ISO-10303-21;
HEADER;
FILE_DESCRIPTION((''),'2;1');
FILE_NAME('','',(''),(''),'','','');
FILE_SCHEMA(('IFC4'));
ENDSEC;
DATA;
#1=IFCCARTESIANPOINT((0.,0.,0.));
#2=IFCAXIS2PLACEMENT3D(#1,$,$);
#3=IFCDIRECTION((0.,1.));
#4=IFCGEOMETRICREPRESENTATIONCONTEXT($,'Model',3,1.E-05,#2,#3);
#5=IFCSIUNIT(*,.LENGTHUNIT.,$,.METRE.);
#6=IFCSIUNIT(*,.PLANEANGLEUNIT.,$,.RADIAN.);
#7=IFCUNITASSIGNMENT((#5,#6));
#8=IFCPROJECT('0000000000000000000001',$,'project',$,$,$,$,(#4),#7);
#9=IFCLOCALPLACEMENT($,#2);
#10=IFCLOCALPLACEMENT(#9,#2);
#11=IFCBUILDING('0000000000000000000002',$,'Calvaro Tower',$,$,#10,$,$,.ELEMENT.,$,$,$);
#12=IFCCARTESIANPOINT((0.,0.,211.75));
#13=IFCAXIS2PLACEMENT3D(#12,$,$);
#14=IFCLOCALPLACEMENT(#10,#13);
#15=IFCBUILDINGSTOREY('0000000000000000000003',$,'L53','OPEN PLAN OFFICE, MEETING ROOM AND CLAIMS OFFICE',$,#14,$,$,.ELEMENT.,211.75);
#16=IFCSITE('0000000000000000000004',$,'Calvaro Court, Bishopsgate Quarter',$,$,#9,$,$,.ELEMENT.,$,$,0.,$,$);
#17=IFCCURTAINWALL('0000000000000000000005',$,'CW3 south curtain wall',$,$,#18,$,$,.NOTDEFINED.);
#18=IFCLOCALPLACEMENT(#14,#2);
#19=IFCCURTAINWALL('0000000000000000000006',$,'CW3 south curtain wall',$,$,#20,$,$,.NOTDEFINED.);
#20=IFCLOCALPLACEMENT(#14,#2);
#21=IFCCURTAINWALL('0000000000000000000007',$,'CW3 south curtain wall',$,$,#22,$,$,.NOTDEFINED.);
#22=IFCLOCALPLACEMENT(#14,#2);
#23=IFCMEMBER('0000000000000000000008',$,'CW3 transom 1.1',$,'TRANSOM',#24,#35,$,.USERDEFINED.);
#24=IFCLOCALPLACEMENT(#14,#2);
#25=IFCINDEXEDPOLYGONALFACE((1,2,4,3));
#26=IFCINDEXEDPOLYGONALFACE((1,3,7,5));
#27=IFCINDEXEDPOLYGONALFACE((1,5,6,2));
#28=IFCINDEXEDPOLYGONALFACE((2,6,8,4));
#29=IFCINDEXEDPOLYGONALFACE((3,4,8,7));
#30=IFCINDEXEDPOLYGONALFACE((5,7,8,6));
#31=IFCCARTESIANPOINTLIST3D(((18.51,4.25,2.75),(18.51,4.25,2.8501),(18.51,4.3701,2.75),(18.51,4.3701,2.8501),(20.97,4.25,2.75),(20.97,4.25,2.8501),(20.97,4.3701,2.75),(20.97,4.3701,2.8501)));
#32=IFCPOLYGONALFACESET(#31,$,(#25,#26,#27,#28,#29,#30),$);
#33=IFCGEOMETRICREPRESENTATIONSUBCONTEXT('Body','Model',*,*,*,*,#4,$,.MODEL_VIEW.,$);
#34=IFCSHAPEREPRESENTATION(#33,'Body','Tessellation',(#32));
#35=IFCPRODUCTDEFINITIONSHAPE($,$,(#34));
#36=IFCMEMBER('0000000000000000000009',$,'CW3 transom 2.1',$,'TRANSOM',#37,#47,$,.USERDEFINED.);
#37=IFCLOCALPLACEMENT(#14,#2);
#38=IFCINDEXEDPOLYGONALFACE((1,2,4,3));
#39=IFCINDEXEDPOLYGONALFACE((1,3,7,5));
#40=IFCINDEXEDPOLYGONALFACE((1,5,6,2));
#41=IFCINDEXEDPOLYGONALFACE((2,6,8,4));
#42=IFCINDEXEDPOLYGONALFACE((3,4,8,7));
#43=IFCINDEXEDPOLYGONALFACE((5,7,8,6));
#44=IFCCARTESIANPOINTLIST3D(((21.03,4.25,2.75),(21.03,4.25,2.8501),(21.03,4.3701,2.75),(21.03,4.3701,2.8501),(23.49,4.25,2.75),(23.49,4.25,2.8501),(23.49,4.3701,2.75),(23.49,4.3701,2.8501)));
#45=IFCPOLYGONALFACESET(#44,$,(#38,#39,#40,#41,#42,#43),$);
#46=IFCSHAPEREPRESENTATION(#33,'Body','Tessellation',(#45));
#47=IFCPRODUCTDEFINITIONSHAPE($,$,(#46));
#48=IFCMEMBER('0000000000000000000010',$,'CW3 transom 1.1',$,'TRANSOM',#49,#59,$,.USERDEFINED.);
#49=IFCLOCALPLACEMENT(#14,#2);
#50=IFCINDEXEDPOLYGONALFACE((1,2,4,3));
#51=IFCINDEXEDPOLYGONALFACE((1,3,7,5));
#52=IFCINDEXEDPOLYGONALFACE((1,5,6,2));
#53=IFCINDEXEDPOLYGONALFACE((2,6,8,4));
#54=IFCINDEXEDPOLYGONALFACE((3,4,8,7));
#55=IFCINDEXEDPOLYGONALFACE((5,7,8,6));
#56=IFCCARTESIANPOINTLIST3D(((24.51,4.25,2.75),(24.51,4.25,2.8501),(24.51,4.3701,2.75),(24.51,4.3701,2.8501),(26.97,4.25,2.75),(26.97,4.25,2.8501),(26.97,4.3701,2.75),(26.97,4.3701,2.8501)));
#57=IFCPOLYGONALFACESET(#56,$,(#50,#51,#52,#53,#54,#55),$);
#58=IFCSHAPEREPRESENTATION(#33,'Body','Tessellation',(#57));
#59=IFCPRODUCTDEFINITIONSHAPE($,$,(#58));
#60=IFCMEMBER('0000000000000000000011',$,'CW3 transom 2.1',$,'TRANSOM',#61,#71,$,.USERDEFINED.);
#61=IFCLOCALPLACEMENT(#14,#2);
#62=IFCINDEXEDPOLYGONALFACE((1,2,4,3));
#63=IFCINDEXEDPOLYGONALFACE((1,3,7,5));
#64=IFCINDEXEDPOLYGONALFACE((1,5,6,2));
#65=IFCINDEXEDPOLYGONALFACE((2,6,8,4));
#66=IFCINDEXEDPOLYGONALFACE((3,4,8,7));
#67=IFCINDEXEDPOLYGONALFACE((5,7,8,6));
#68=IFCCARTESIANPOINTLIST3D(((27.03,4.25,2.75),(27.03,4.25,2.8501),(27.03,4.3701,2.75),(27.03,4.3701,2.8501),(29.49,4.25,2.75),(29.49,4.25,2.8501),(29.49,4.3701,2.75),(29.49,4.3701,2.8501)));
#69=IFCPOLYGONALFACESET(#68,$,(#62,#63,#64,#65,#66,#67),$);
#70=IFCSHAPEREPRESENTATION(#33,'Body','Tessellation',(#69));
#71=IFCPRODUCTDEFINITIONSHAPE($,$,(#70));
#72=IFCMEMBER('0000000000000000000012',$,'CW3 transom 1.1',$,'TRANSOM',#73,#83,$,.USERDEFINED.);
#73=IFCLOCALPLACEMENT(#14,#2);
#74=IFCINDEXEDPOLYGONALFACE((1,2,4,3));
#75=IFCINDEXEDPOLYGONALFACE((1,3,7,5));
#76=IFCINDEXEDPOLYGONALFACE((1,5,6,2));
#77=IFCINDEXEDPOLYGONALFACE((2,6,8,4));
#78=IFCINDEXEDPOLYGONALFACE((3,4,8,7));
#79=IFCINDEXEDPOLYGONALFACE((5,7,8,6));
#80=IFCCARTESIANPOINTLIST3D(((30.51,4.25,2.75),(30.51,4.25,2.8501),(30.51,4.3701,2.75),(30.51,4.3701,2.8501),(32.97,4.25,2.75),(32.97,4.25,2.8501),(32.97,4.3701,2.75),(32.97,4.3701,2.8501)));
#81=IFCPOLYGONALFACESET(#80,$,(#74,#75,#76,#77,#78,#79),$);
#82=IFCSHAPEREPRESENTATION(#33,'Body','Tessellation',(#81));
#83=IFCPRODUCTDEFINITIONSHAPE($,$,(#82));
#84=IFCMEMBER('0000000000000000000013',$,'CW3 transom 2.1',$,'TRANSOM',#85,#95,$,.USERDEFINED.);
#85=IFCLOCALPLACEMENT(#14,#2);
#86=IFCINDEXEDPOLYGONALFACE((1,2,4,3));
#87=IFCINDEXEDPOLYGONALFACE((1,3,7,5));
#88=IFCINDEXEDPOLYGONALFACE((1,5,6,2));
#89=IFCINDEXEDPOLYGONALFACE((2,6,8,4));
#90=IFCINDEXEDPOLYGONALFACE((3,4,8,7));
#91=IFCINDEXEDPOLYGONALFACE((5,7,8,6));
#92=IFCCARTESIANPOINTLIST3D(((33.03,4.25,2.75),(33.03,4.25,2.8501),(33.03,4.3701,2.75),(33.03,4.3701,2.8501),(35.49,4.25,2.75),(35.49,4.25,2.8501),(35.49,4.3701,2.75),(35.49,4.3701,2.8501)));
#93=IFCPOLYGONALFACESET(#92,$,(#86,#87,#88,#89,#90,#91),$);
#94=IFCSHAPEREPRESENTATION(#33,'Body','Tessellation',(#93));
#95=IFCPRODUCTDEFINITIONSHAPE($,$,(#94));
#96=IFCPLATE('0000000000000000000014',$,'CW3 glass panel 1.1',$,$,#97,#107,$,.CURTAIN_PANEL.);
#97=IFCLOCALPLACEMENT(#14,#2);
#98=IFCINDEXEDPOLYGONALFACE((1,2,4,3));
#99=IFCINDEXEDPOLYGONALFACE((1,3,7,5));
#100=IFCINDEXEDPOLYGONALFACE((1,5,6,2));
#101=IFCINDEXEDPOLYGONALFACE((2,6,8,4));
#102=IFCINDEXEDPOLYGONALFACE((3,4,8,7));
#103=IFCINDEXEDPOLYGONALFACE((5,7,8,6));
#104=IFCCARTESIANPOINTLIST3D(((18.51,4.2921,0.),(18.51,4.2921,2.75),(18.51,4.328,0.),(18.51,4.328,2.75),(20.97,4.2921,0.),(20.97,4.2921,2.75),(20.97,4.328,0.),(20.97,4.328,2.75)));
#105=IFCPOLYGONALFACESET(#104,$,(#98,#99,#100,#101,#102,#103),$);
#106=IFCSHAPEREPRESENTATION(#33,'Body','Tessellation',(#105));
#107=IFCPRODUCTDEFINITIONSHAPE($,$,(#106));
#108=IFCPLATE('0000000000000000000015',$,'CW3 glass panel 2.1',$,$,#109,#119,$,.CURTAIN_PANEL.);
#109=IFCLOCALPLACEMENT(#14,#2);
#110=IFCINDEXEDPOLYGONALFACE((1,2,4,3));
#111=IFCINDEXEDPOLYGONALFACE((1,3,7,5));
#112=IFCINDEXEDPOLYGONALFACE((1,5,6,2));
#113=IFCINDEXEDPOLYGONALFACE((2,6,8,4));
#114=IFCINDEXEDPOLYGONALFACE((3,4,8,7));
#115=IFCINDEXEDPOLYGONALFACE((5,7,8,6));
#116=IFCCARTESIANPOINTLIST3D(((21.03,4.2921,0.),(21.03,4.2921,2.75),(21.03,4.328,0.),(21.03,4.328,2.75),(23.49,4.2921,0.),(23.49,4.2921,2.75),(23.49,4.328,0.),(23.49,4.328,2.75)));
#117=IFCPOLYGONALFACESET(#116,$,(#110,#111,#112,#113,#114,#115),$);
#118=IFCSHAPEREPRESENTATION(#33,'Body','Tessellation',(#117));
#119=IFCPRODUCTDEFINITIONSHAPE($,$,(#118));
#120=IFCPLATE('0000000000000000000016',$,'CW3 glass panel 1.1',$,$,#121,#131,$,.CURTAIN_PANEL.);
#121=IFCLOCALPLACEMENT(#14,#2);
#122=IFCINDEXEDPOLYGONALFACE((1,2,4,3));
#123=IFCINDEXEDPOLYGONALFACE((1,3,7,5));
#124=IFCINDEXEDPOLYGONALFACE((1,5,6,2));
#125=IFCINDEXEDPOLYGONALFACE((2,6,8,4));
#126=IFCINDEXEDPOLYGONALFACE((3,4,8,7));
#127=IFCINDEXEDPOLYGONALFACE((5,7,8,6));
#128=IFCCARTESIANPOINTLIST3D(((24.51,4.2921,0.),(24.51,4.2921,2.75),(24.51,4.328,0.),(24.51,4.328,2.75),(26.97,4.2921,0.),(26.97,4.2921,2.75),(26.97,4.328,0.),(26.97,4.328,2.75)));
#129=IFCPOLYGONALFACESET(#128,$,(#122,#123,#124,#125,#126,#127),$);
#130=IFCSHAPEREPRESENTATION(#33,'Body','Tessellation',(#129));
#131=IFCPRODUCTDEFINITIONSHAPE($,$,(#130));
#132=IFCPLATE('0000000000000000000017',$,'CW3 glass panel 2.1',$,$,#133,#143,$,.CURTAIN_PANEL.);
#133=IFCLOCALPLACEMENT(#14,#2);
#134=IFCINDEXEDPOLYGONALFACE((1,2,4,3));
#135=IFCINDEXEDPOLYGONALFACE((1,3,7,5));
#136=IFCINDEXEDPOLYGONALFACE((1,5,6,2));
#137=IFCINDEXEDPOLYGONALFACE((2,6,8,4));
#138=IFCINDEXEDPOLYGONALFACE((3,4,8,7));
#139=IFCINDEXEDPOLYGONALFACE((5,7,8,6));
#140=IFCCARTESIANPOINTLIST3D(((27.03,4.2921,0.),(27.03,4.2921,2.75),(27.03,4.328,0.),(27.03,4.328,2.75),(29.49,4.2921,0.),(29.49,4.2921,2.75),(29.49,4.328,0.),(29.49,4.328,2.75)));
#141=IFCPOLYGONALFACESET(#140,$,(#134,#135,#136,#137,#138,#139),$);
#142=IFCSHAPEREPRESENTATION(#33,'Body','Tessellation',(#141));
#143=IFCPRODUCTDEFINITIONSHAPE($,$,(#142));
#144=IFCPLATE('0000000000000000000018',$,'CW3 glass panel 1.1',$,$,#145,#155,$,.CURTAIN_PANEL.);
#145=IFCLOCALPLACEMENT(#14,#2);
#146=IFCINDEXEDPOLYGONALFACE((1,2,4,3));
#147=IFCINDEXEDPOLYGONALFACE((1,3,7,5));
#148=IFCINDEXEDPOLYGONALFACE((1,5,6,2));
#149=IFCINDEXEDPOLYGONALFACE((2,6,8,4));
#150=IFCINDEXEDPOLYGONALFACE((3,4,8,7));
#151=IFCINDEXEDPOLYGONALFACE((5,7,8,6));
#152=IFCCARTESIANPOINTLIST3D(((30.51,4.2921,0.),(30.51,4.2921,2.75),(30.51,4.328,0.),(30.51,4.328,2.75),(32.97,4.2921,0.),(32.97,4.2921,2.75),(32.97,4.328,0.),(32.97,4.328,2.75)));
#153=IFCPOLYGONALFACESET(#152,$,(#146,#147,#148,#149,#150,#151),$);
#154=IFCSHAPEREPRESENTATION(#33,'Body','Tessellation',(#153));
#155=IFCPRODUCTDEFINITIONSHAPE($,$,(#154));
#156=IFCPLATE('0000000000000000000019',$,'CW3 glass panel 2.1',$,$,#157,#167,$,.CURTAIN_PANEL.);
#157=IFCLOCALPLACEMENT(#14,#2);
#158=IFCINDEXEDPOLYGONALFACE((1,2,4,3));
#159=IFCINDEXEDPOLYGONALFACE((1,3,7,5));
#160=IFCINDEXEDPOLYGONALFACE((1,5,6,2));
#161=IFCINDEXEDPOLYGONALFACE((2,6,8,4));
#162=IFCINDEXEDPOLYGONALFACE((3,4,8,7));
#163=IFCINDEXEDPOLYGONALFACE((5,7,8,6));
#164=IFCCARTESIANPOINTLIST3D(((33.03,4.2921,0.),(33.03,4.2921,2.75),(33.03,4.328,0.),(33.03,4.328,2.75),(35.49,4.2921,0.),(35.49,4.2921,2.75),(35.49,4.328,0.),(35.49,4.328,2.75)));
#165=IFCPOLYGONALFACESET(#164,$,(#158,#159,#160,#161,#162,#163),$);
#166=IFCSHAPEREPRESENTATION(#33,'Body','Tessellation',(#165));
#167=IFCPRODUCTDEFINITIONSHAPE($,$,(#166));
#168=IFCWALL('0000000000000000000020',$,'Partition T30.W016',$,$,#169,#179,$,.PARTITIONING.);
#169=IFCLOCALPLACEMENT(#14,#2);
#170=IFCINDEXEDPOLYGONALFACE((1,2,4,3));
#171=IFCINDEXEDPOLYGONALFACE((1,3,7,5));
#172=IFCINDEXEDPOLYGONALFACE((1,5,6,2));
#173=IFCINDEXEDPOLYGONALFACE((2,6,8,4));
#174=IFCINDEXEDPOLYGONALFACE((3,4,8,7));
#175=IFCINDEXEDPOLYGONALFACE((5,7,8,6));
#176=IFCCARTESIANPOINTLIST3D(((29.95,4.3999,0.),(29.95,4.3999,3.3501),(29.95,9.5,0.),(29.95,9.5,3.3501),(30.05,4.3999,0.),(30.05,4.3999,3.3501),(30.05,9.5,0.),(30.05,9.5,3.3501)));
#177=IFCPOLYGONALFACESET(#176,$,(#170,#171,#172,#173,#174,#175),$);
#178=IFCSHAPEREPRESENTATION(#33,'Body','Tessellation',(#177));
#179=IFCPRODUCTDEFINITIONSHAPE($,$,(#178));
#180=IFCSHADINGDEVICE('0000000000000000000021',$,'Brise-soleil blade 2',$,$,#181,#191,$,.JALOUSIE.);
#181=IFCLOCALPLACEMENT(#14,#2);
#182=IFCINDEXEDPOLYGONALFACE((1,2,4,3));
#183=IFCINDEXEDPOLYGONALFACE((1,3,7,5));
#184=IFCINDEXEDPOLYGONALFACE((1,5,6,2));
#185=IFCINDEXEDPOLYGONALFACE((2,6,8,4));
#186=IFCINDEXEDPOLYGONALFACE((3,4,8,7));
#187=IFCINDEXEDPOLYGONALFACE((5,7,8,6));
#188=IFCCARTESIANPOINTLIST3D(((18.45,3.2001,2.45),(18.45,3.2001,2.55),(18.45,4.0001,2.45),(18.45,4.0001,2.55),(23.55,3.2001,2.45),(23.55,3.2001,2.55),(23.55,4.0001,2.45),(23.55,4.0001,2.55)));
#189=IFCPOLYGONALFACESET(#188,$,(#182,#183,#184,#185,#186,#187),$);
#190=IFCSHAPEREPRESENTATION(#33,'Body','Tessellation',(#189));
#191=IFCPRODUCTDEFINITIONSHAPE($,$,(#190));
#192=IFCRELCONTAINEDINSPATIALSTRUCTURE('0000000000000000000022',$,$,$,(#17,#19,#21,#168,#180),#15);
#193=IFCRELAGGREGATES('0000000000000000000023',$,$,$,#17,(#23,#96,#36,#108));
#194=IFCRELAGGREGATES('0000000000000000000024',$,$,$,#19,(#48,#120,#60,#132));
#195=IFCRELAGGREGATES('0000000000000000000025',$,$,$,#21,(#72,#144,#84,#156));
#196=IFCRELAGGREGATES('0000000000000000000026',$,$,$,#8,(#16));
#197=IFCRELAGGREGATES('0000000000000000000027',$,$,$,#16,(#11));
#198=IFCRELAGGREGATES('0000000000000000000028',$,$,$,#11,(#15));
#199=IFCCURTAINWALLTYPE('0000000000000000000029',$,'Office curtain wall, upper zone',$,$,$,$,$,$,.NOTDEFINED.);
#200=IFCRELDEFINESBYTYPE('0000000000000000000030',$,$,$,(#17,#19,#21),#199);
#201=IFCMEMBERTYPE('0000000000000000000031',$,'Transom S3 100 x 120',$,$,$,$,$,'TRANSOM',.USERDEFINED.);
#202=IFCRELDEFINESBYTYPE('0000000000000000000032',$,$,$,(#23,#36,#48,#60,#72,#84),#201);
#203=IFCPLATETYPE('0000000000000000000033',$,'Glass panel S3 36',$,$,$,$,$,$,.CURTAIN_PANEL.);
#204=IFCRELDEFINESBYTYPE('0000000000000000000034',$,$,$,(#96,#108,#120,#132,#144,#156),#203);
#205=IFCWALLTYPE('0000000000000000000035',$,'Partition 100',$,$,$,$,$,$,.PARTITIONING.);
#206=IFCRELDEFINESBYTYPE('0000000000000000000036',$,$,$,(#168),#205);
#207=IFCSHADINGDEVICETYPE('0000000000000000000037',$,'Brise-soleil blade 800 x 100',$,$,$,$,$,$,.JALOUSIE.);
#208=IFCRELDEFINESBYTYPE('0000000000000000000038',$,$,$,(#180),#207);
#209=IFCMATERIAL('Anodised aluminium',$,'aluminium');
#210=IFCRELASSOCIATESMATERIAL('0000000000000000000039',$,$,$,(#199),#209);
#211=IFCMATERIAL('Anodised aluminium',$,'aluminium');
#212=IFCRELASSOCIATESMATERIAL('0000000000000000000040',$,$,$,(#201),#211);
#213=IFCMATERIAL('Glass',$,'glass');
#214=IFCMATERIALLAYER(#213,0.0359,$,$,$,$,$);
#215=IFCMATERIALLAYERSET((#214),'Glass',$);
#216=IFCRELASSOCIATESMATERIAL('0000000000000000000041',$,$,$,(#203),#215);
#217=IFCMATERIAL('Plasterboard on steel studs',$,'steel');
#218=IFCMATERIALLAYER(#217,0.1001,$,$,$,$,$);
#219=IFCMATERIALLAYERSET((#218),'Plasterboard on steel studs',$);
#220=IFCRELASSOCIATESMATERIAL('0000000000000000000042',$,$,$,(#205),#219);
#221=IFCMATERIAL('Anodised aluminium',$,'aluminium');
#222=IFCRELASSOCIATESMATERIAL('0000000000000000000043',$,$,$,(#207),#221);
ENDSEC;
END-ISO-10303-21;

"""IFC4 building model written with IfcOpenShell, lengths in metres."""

from ifc_helpers import new_model, si_unit, direction, frame, frame_2d, origin, origin_2d, place, context, subcontext, project, spatial, rectangle, extrude, material, layer, layer_set, material_profile, profile_set, type_object, element, aggregate, save


model = new_model("IFC4")

# Units and contexts
model_context = context("Model", 3, precision=1e-05, world=origin(), true_north=direction((0.0, 1.0)))
body_context = subcontext(model_context, "Body", "Model", "MODEL_VIEW")
ifc_project = project(units=[si_unit("LENGTHUNIT", "METRE"), si_unit("PLANEANGLEUNIT", "RADIAN")], contexts=[model_context])

# Site, building, storey
site_placement = place(None, origin())
site = spatial("IfcSite", under=ifc_project, at=site_placement, Name="Calvaro Court, Bishopsgate Quarter", CompositionType="ELEMENT", RefElevation=0.0)
building_placement = place(site_placement, origin())
building = spatial("IfcBuilding", under=site, at=building_placement, Name="Calvaro Tower", CompositionType="ELEMENT")
storey_placement = place(building_placement, frame((0.0, 0.0, 211.75)))
storey = spatial("IfcBuildingStorey", under=building, at=storey_placement, Name="L53", Description="OPEN PLAN OFFICE, MEETING ROOM AND CLAIMS OFFICE", CompositionType="ELEMENT", Elevation=211.75)

# Shared definitions
ifc_material_1 = material(Name="Anodised aluminium", Category="aluminium")
curtain_wall_type = type_object("IfcCurtainWallType", Name="Office curtain wall, upper zone", PredefinedType="NOTDEFINED", material=ifc_material_1)

# Curtain walls
curtain_wall_1_placement = place(storey_placement, origin())
curtain_wall_1 = element("IfcCurtainWall", 1, at=curtain_wall_1_placement, inside=storey, type_object=curtain_wall_type, Name="CW3 south curtain wall", PredefinedType="NOTDEFINED")
curtain_wall_2_placement = place(storey_placement, origin())
curtain_wall_2 = element("IfcCurtainWall", 2, at=curtain_wall_2_placement, inside=storey, type_object=curtain_wall_type, Name="CW3 south curtain wall", PredefinedType="NOTDEFINED")
curtain_wall_3_placement = place(storey_placement, origin())
curtain_wall_3 = element("IfcCurtainWall", 3, at=curtain_wall_3_placement, inside=storey, type_object=curtain_wall_type, Name="CW3 south curtain wall", PredefinedType="NOTDEFINED")

# Members
ifc_material_2 = material(Name="Anodised aluminium", Category="aluminium")
ifc_material_profile_1 = material_profile(ifc_material_2, rectangle(XDim=0.1201, YDim=0.1001, at=origin_2d()), Name="Transom S3 100 x 120")
ifc_profile_set_1 = profile_set([ifc_material_profile_1], Name="Anodised aluminium")
member_type_1 = type_object("IfcMemberType", Name="Transom S3 100 x 120", ElementType="TRANSOM", PredefinedType="USERDEFINED", material=ifc_profile_set_1)
member_1_placement = place(storey_placement, frame((18.51, 4.3101, 2.8), z_axis=(1.0, 0.0, 0.0), x_axis=(0.0, 1.0, 0.0)))
member_1 = element("IfcMember", 4, at=member_1_placement, type_object=member_type_1, Name="CW3 transom 1.1", ObjectType="TRANSOM", PredefinedType="USERDEFINED", context=body_context, shape_type="SweptSolid", body=[
    extrude(rectangle(XDim=0.1201, YDim=0.1001, at=origin_2d()), origin(), (0.0, 0.0, 1.0), 2.46),
])
member_2_placement = place(storey_placement, frame((21.03, 4.3101, 2.8), z_axis=(1.0, 0.0, 0.0), x_axis=(0.0, 1.0, 0.0)))
member_2 = element("IfcMember", 5, at=member_2_placement, type_object=member_type_1, Name="CW3 transom 2.1", ObjectType="TRANSOM", PredefinedType="USERDEFINED", context=body_context, shape_type="SweptSolid", body=[
    extrude(rectangle(XDim=0.1201, YDim=0.1001, at=origin_2d()), origin(), (0.0, 0.0, 1.0), 2.46),
])
member_3_placement = place(storey_placement, frame((24.51, 4.3101, 2.8), z_axis=(1.0, 0.0, 0.0), x_axis=(0.0, 1.0, 0.0)))
member_3 = element("IfcMember", 6, at=member_3_placement, type_object=member_type_1, Name="CW3 transom 1.1", ObjectType="TRANSOM", PredefinedType="USERDEFINED", context=body_context, shape_type="SweptSolid", body=[
    extrude(rectangle(XDim=0.1201, YDim=0.1001, at=origin_2d()), origin(), (0.0, 0.0, 1.0), 2.46),
])
member_4_placement = place(storey_placement, frame((27.03, 4.3101, 2.8), z_axis=(1.0, 0.0, 0.0), x_axis=(0.0, 1.0, 0.0)))
member_4 = element("IfcMember", 7, at=member_4_placement, type_object=member_type_1, Name="CW3 transom 2.1", ObjectType="TRANSOM", PredefinedType="USERDEFINED", context=body_context, shape_type="SweptSolid", body=[
    extrude(rectangle(XDim=0.1201, YDim=0.1001, at=origin_2d()), origin(), (0.0, 0.0, 1.0), 2.46),
])
member_5_placement = place(storey_placement, frame((30.51, 4.3101, 2.8), z_axis=(1.0, 0.0, 0.0), x_axis=(0.0, 1.0, 0.0)))
member_5 = element("IfcMember", 8, at=member_5_placement, type_object=member_type_1, Name="CW3 transom 1.1", ObjectType="TRANSOM", PredefinedType="USERDEFINED", context=body_context, shape_type="SweptSolid", body=[
    extrude(rectangle(XDim=0.1201, YDim=0.1001, at=origin_2d()), origin(), (0.0, 0.0, 1.0), 2.46),
])
member_6_placement = place(storey_placement, frame((33.03, 4.3101, 2.8), z_axis=(1.0, 0.0, 0.0), x_axis=(0.0, 1.0, 0.0)))
member_6 = element("IfcMember", 9, at=member_6_placement, type_object=member_type_1, Name="CW3 transom 2.1", ObjectType="TRANSOM", PredefinedType="USERDEFINED", context=body_context, shape_type="SweptSolid", body=[
    extrude(rectangle(XDim=0.1201, YDim=0.1001, at=origin_2d()), origin(), (0.0, 0.0, 1.0), 2.46),
])

# Plates
ifc_material_3 = material(Name="Glass", Category="glass")
ifc_layer_1 = layer(ifc_material_3, 0.0359)
ifc_layer_set_1 = layer_set([ifc_layer_1], Name="Glass")
plate_type = type_object("IfcPlateType", Name="Glass panel S3 36", PredefinedType="CURTAIN_PANEL", material=ifc_layer_set_1)
plate_1_placement = place(storey_placement, frame((19.74, 4.3101, 0.0), z_axis=(0.0, 0.0, 1.0), x_axis=(1.0, 0.0, 0.0)))
plate_1 = element("IfcPlate", 10, at=plate_1_placement, type_object=plate_type, Name="CW3 glass panel 1.1", PredefinedType="CURTAIN_PANEL", context=body_context, shape_type="SweptSolid", body=[
    extrude(rectangle(XDim=2.46, YDim=0.0359, at=origin_2d()), origin(), (0.0, 0.0, 1.0), 2.75),
])
plate_2_placement = place(storey_placement, frame((22.26, 4.3101, 0.0), z_axis=(0.0, 0.0, 1.0), x_axis=(1.0, 0.0, 0.0)))
plate_2 = element("IfcPlate", 11, at=plate_2_placement, type_object=plate_type, Name="CW3 glass panel 2.1", PredefinedType="CURTAIN_PANEL", context=body_context, shape_type="SweptSolid", body=[
    extrude(rectangle(XDim=2.46, YDim=0.0359, at=origin_2d()), origin(), (0.0, 0.0, 1.0), 2.75),
])
aggregate(curtain_wall_1, [member_1, plate_1, member_2, plate_2])
plate_3_placement = place(storey_placement, frame((25.74, 4.3101, 0.0), z_axis=(0.0, 0.0, 1.0), x_axis=(1.0, 0.0, 0.0)))
plate_3 = element("IfcPlate", 12, at=plate_3_placement, type_object=plate_type, Name="CW3 glass panel 1.1", PredefinedType="CURTAIN_PANEL", context=body_context, shape_type="SweptSolid", body=[
    extrude(rectangle(XDim=2.46, YDim=0.0359, at=origin_2d()), origin(), (0.0, 0.0, 1.0), 2.75),
])
plate_4_placement = place(storey_placement, frame((28.26, 4.3101, 0.0), z_axis=(0.0, 0.0, 1.0), x_axis=(1.0, 0.0, 0.0)))
plate_4 = element("IfcPlate", 13, at=plate_4_placement, type_object=plate_type, Name="CW3 glass panel 2.1", PredefinedType="CURTAIN_PANEL", context=body_context, shape_type="SweptSolid", body=[
    extrude(rectangle(XDim=2.46, YDim=0.0359, at=origin_2d()), origin(), (0.0, 0.0, 1.0), 2.75),
])
aggregate(curtain_wall_2, [member_3, plate_3, member_4, plate_4])
plate_5_placement = place(storey_placement, frame((31.74, 4.3101, 0.0), z_axis=(0.0, 0.0, 1.0), x_axis=(1.0, 0.0, 0.0)))
plate_5 = element("IfcPlate", 14, at=plate_5_placement, type_object=plate_type, Name="CW3 glass panel 1.1", PredefinedType="CURTAIN_PANEL", context=body_context, shape_type="SweptSolid", body=[
    extrude(rectangle(XDim=2.46, YDim=0.0359, at=origin_2d()), origin(), (0.0, 0.0, 1.0), 2.75),
])
plate_6_placement = place(storey_placement, frame((34.26, 4.3101, 0.0), z_axis=(0.0, 0.0, 1.0), x_axis=(1.0, 0.0, 0.0)))
plate_6 = element("IfcPlate", 15, at=plate_6_placement, type_object=plate_type, Name="CW3 glass panel 2.1", PredefinedType="CURTAIN_PANEL", context=body_context, shape_type="SweptSolid", body=[
    extrude(rectangle(XDim=2.46, YDim=0.0359, at=origin_2d()), origin(), (0.0, 0.0, 1.0), 2.75),
])
aggregate(curtain_wall_3, [member_5, plate_5, member_6, plate_6])

# Wall
ifc_material_4 = material(Name="Plasterboard on steel studs", Category="steel")
ifc_layer_2 = layer(ifc_material_4, 0.1001)
ifc_layer_set_2 = layer_set([ifc_layer_2], Name="Plasterboard on steel studs")
wall_type = type_object("IfcWallType", Name="Partition 100", PredefinedType="PARTITIONING", material=ifc_layer_set_2)
wall_placement = place(storey_placement, frame((30.0, 4.3999, 0.0), z_axis=(0.0, 0.0, 1.0), x_axis=(0.0, 1.0, 0.0)))
element("IfcWall", 16, at=wall_placement, inside=storey, type_object=wall_type, Name="Partition T30.W016", PredefinedType="PARTITIONING", context=body_context, shape_type="SweptSolid", body=[
    extrude(rectangle(XDim=5.1001, YDim=0.1001, at=frame_2d((2.55, 0.0))), origin(), (0.0, 0.0, 1.0), 3.3501),
])

# Shading device
ifc_material_5 = material(Name="Anodised aluminium", Category="aluminium")
ifc_material_profile_2 = material_profile(ifc_material_5, rectangle(XDim=0.8, YDim=0.1001, at=origin_2d()), Name="Brise-soleil blade 800 x 100")
ifc_profile_set_2 = profile_set([ifc_material_profile_2], Name="Anodised aluminium")
shading_device_type = type_object("IfcShadingDeviceType", Name="Brise-soleil blade 800 x 100", PredefinedType="JALOUSIE", material=ifc_profile_set_2)
for number, where, z_axis, x_axis, name in (
    (17, (18.45, 3.6001, 2.5), (1.0, 0.0, 0.0), (0.0, 1.0, 0.0), "Brise-soleil blade 2"),
):
    element("IfcShadingDevice", number, at=place(storey_placement, frame(where, z_axis=z_axis, x_axis=x_axis)), inside=storey, type_object=shading_device_type, Name=name, PredefinedType="JALOUSIE", context=body_context, shape_type="SweptSolid", body=[
        extrude(rectangle(XDim=0.8, YDim=0.1001, at=origin_2d()), origin(), (0.0, 0.0, 1.0), 5.1001),
    ])

save(model, "model.ifc")
